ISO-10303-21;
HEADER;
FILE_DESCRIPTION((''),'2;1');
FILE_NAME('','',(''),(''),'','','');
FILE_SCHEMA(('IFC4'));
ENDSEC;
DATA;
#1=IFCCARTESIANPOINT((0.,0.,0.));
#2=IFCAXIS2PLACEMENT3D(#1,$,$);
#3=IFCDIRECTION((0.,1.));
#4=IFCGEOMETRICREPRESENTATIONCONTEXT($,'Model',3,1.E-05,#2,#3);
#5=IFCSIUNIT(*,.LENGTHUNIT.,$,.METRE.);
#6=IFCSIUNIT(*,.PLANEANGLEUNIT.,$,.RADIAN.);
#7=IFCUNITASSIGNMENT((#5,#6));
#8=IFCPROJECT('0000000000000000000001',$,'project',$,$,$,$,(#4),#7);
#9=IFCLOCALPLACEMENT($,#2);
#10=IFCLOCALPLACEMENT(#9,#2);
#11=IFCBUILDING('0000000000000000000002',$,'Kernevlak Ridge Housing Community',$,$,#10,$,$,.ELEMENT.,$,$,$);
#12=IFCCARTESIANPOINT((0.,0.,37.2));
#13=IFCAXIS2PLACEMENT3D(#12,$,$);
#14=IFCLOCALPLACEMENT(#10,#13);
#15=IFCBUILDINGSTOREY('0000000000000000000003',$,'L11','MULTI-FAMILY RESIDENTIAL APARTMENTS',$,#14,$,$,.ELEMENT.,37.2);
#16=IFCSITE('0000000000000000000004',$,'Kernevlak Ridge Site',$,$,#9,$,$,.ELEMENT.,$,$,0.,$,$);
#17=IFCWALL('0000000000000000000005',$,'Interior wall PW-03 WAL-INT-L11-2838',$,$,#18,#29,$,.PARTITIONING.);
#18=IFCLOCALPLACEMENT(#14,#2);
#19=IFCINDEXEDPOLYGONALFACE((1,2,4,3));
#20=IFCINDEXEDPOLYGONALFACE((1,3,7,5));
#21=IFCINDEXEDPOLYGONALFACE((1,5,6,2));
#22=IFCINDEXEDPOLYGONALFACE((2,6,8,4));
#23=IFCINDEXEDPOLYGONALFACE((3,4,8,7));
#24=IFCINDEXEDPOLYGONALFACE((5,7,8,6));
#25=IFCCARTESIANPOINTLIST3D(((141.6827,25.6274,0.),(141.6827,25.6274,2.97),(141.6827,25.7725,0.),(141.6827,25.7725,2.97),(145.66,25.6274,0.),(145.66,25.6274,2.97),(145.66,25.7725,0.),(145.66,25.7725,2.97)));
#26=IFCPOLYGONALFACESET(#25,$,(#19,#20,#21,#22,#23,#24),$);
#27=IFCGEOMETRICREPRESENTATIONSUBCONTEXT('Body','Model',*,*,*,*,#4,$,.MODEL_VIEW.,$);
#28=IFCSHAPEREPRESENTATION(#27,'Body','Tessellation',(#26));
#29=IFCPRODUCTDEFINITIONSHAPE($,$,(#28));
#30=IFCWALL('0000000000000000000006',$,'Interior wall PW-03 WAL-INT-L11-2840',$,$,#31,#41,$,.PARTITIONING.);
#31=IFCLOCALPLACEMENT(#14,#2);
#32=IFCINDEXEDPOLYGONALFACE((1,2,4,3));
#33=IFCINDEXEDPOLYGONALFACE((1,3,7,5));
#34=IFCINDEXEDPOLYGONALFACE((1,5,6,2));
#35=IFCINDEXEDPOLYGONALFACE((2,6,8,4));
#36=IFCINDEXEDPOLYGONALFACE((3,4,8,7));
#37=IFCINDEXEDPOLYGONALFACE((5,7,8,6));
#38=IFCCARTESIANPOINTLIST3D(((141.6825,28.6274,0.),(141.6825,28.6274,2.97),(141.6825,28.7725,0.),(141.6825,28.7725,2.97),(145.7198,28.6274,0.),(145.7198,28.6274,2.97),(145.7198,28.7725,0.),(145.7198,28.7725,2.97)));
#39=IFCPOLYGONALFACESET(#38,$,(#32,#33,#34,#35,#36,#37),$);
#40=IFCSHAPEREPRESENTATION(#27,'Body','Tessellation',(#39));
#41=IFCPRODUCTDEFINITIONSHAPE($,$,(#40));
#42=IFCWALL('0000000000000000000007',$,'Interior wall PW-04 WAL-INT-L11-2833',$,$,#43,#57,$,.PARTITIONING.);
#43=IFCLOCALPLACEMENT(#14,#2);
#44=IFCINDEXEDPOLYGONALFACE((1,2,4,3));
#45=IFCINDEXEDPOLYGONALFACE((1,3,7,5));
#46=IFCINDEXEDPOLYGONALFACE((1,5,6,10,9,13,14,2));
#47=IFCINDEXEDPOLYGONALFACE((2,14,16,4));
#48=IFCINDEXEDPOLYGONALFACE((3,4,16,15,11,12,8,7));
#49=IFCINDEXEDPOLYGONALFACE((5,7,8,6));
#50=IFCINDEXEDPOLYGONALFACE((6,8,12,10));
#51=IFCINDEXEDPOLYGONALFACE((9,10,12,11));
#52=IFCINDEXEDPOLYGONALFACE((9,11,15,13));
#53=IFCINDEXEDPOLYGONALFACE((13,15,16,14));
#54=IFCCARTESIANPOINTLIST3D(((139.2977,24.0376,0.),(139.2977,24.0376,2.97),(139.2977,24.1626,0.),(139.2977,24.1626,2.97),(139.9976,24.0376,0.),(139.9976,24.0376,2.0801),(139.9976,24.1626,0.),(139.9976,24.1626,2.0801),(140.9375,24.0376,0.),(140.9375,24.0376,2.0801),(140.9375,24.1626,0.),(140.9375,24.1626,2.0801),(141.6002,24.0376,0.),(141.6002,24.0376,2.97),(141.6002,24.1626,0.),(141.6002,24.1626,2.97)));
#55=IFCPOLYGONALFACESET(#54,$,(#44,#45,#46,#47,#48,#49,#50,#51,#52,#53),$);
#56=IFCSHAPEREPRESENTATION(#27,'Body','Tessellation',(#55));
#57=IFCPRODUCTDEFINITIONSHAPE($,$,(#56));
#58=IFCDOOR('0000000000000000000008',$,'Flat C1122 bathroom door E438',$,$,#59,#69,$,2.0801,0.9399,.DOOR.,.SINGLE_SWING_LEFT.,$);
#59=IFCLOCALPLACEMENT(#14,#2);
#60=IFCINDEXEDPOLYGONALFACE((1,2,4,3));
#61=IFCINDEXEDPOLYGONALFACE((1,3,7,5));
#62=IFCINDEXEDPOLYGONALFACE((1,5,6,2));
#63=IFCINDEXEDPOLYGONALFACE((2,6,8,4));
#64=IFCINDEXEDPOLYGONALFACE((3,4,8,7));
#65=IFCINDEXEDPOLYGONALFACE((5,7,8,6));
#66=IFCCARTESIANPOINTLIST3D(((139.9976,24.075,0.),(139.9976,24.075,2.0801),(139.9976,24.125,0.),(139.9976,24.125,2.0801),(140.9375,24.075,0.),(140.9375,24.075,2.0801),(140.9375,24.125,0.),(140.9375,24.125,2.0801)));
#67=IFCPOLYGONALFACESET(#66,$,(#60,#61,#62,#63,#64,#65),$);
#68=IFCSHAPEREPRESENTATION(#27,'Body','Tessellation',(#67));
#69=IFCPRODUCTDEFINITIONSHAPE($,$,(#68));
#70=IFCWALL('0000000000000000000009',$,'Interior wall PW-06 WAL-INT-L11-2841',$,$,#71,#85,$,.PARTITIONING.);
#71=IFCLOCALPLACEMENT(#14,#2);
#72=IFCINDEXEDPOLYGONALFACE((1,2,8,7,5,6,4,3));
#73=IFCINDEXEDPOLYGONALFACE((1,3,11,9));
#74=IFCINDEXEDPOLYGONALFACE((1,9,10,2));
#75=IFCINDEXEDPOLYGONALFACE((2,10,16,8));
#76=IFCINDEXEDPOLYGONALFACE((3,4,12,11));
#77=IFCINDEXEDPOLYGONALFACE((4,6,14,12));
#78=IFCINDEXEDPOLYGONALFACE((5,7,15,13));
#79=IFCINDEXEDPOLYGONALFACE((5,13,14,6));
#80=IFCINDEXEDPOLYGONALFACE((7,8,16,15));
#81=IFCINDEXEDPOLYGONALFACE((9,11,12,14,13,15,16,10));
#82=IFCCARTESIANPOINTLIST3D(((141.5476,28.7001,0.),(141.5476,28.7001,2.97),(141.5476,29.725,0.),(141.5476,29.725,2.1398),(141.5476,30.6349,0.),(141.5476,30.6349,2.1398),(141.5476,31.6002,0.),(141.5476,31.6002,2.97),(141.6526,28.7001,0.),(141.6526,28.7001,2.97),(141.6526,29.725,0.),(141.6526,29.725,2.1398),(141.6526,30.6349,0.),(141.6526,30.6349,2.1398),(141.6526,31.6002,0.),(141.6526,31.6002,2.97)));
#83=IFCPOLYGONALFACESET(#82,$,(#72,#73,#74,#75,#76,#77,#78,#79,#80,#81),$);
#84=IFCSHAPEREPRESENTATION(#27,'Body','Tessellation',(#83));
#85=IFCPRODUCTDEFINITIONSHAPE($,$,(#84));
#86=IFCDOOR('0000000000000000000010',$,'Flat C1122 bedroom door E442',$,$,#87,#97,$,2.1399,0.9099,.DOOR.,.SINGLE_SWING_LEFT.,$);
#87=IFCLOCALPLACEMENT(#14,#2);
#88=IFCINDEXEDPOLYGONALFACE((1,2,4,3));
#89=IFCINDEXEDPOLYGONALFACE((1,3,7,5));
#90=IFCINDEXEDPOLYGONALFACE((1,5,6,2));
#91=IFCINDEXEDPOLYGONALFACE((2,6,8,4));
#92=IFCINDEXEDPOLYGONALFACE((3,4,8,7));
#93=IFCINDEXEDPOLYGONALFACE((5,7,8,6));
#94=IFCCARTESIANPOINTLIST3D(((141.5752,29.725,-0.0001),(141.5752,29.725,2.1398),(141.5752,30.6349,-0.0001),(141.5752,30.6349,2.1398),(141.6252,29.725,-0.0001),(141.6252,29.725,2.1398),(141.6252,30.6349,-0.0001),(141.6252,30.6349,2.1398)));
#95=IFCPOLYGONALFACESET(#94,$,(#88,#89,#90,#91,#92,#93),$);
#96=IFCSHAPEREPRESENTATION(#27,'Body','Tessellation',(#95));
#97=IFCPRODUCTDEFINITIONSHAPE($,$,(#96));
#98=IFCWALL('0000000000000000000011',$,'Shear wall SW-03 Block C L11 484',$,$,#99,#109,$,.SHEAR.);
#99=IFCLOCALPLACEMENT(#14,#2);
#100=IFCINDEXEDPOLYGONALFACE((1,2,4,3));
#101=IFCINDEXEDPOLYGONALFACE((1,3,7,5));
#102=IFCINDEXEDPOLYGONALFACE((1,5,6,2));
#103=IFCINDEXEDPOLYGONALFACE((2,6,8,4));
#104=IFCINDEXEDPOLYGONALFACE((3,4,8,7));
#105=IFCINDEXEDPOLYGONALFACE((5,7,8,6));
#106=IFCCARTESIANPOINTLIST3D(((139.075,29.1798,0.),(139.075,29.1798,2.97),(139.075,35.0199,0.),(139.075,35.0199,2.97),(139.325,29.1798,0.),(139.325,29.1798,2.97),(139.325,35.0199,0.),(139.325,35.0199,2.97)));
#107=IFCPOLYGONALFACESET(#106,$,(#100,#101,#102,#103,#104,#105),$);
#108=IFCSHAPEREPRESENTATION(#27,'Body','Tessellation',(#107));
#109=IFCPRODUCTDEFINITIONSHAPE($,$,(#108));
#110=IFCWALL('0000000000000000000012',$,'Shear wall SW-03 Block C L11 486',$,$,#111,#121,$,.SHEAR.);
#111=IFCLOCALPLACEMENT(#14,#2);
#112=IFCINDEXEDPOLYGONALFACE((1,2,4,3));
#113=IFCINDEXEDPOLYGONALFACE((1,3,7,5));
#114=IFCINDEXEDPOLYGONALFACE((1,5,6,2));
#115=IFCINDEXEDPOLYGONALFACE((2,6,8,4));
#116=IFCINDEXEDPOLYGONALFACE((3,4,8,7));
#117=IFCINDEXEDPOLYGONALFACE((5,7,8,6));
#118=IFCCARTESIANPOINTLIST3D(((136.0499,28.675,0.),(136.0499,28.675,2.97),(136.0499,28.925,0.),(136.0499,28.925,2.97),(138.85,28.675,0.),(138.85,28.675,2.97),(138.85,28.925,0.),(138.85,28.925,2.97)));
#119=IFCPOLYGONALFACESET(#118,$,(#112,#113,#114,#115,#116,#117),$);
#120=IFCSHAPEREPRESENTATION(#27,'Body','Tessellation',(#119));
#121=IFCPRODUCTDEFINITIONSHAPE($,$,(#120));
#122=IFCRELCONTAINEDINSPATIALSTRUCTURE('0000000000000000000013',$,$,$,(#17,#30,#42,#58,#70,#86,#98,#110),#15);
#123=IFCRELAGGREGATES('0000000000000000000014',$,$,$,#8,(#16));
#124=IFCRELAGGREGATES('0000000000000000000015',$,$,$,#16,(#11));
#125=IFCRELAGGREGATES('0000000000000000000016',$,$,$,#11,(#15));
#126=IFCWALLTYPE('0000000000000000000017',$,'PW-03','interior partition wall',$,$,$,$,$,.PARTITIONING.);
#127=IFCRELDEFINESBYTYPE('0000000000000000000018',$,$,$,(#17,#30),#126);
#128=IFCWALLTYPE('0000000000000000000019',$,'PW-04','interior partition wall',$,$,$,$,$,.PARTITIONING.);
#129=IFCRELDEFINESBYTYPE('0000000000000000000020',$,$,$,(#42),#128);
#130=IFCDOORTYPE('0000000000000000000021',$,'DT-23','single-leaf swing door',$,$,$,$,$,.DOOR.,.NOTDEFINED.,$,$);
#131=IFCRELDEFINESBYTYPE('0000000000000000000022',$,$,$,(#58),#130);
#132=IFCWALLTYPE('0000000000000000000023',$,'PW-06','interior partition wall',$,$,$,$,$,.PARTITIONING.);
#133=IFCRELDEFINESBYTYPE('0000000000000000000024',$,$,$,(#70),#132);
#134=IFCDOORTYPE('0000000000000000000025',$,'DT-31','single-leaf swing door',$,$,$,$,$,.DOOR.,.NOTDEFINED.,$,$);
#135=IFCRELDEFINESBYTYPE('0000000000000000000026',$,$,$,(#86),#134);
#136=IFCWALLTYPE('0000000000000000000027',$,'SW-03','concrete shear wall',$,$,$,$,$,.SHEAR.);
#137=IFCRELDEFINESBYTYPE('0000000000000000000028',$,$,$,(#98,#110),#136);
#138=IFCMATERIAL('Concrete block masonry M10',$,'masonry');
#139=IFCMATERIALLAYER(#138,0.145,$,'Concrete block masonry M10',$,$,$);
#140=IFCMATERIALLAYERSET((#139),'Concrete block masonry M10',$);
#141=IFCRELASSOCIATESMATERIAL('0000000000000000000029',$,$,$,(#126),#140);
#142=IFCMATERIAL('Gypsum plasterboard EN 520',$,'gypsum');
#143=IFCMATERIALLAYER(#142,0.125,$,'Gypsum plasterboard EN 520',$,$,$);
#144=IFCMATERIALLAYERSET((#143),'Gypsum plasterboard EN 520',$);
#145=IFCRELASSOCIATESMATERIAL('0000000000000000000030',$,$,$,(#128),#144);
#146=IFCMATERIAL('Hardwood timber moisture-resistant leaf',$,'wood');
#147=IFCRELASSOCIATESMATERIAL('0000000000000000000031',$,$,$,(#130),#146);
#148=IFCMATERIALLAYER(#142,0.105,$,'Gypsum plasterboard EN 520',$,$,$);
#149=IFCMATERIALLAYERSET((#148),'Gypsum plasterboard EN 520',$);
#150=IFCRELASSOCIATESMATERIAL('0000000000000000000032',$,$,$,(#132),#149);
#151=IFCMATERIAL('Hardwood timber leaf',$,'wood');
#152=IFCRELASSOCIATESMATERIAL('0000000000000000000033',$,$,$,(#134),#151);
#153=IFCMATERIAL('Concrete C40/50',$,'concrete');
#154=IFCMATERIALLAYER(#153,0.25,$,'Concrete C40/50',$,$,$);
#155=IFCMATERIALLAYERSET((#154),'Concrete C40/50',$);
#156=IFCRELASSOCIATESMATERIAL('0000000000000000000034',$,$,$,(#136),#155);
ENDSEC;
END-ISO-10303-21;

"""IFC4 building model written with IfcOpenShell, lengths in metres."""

from ifc_helpers import new_model, si_unit, direction, frame, frame_2d, origin, place, context, subcontext, project, spatial, rectangle, extrude, material, layer, layer_set, type_object, element, fill, save


model = new_model("IFC4")

# Units and contexts
model_context = context("Model", 3, precision=1e-05, world=origin(), true_north=direction((0.0, 1.0)))
body_context = subcontext(model_context, "Body", "Model", "MODEL_VIEW")
ifc_project = project(units=[si_unit("LENGTHUNIT", "METRE"), si_unit("PLANEANGLEUNIT", "RADIAN")], contexts=[model_context])

# Site, building, storey
site_placement = place(None, origin())
site = spatial("IfcSite", under=ifc_project, at=site_placement, Name="Kernevlak Ridge Site", CompositionType="ELEMENT", RefElevation=0.0)
building_placement = place(site_placement, origin())
building = spatial("IfcBuilding", under=site, at=building_placement, Name="Kernevlak Ridge Housing Community", CompositionType="ELEMENT")
storey_placement = place(building_placement, frame((0.0, 0.0, 37.2)))
storey = spatial("IfcBuildingStorey", under=building, at=storey_placement, Name="L11", Description="MULTI-FAMILY RESIDENTIAL APARTMENTS", CompositionType="ELEMENT", Elevation=37.2)

# Shared definitions
ifc_material_1 = material(Name="Concrete block masonry M10", Category="masonry")

# Shared definitions
ifc_layer_1 = layer(ifc_material_1, 0.145, Name="Concrete block masonry M10")
ifc_layer_set_1 = layer_set([ifc_layer_1], Name="Concrete block masonry M10")
wall_type_1 = type_object("IfcWallType", Name="PW-03", Description="interior partition wall", PredefinedType="PARTITIONING", material=ifc_layer_set_1)
ifc_material_2 = material(Name="Hardwood timber leaf", Category="wood")

# Wall
wall_1_placement = place(storey_placement, frame((141.6826, 25.7, 0.0), z_axis=(0.0, 0.0, 1.0), x_axis=(1.0, 0.0, 0.0)))
element("IfcWall", 1, at=wall_1_placement, inside=storey, type_object=wall_type_1, Name="Interior wall PW-03 WAL-INT-L11-2838", PredefinedType="PARTITIONING", context=body_context, shape_type="SweptSolid", body=[
    extrude(rectangle(XDim=3.9773, YDim=0.145, at=frame_2d((1.9888, 0.0))), origin(), (0.0, 0.0, 1.0), 2.97),
])

# Wall
wall_2_placement = place(storey_placement, frame((141.6826, 28.7, 0.0), z_axis=(0.0, 0.0, 1.0), x_axis=(1.0, 0.0, 0.0)))
element("IfcWall", 2, at=wall_2_placement, inside=storey, type_object=wall_type_1, Name="Interior wall PW-03 WAL-INT-L11-2840", PredefinedType="PARTITIONING", context=body_context, shape_type="SweptSolid", body=[
    extrude(rectangle(XDim=4.0374, YDim=0.145, at=frame_2d((2.0186, 0.0))), origin(), (0.0, 0.0, 1.0), 2.97),
])

# Walls, openings, doors
ifc_material_3 = material(Name="Gypsum plasterboard EN 520", Category="gypsum")
ifc_layer_2 = layer(ifc_material_3, 0.125, Name="Gypsum plasterboard EN 520")
ifc_layer_set_2 = layer_set([ifc_layer_2], Name="Gypsum plasterboard EN 520")
wall_type_2 = type_object("IfcWallType", Name="PW-04", Description="interior partition wall", PredefinedType="PARTITIONING", material=ifc_layer_set_2)
wall_3_placement = place(storey_placement, frame((139.2976, 24.1001, 0.0), z_axis=(0.0, 0.0, 1.0), x_axis=(1.0, 0.0, 0.0)))
wall_3 = element("IfcWall", 3, at=wall_3_placement, inside=storey, type_object=wall_type_2, Name="Interior wall PW-04 WAL-INT-L11-2833", PredefinedType="PARTITIONING", context=body_context, shape_type="SweptSolid", body=[
    extrude(rectangle(XDim=2.3025, YDim=0.125, at=frame_2d((1.1514, 0.0))), origin(), (0.0, 0.0, 1.0), 2.97),
])
opening_1_placement = place(wall_3_placement, frame((0.7, 0.0, 0.0)))
opening_1 = element("IfcOpeningElement", 4, at=opening_1_placement, cuts=wall_3, PredefinedType="OPENING", context=body_context, shape_type="SweptSolid", body=[
    extrude(rectangle(XDim=0.9399, YDim=2.0801, at=frame_2d((0.47, 1.04))), frame((0.0, 0.0725, 0.0), z_axis=(0.0, -1.0, 0.0), x_axis=(1.0, 0.0, 0.0)), (0.0, 0.0, 1.0), 0.145),
])
ifc_material_4 = material(Name="Hardwood timber moisture-resistant leaf", Category="wood")
door_type_1 = type_object("IfcDoorType", Name="DT-23", Description="single-leaf swing door", OperationType="NOTDEFINED", PredefinedType="DOOR", material=ifc_material_4)
door_1_placement = place(opening_1_placement, origin())
door_1 = element("IfcDoor", 5, at=door_1_placement, inside=storey, type_object=door_type_1, Name="Flat C1122 bathroom door E438", OperationType="SINGLE_SWING_LEFT", OverallHeight=2.0801, OverallWidth=0.9399, PredefinedType="DOOR", context=body_context, shape_type="SweptSolid", body=[
    extrude(rectangle(XDim=0.9399, YDim=2.0801, at=frame_2d((0.47, 1.04))), frame((0.0, 0.0249, 0.0), z_axis=(0.0, -1.0, 0.0), x_axis=(1.0, 0.0, 0.0)), (0.0, 0.0, 1.0), 0.05),
])
fill(opening_1, door_1)
ifc_layer_3 = layer(ifc_material_3, 0.105, Name="Gypsum plasterboard EN 520")
ifc_layer_set_3 = layer_set([ifc_layer_3], Name="Gypsum plasterboard EN 520")
wall_type_3 = type_object("IfcWallType", Name="PW-06", Description="interior partition wall", PredefinedType="PARTITIONING", material=ifc_layer_set_3)
wall_4_placement = place(storey_placement, frame((141.6001, 28.7, 0.0), z_axis=(0.0, 0.0, 1.0), x_axis=(0.0, 1.0, 0.0)))
wall_4 = element("IfcWall", 6, at=wall_4_placement, inside=storey, type_object=wall_type_3, Name="Interior wall PW-06 WAL-INT-L11-2841", PredefinedType="PARTITIONING", context=body_context, shape_type="SweptSolid", body=[
    extrude(rectangle(XDim=2.9001, YDim=0.105, at=frame_2d((1.4502, 0.0))), origin(), (0.0, 0.0, 1.0), 2.97),
])
opening_2_placement = place(wall_4_placement, frame((1.0249, 0.0, 0.0)))
opening_2 = element("IfcOpeningElement", 7, at=opening_2_placement, cuts=wall_4, PredefinedType="OPENING", context=body_context, shape_type="SweptSolid", body=[
    extrude(rectangle(XDim=0.9099, YDim=2.1399, at=frame_2d((0.4551, 1.0698))), frame((0.0, 0.0625, 0.0), z_axis=(0.0, -1.0, 0.0), x_axis=(1.0, 0.0, 0.0)), (0.0, 0.0, 1.0), 0.125),
])
door_type_2 = type_object("IfcDoorType", Name="DT-31", Description="single-leaf swing door", OperationType="NOTDEFINED", PredefinedType="DOOR", material=ifc_material_2)
door_2_placement = place(opening_2_placement, origin())
door_2 = element("IfcDoor", 8, at=door_2_placement, inside=storey, type_object=door_type_2, Name="Flat C1122 bedroom door E442", OperationType="SINGLE_SWING_LEFT", OverallHeight=2.1399, OverallWidth=0.9099, PredefinedType="DOOR", context=body_context, shape_type="SweptSolid", body=[
    extrude(rectangle(XDim=0.9099, YDim=2.1399, at=frame_2d((0.4551, 1.0698))), frame((0.0, 0.0249, 0.0), z_axis=(0.0, -1.0, 0.0), x_axis=(1.0, 0.0, 0.0)), (0.0, 0.0, 1.0), 0.05),
])
fill(opening_2, door_2)

# Walls
ifc_material_5 = material(Name="Concrete C40/50", Category="concrete")
ifc_layer_4 = layer(ifc_material_5, 0.25, Name="Concrete C40/50")
ifc_layer_set_4 = layer_set([ifc_layer_4], Name="Concrete C40/50")
wall_type_4 = type_object("IfcWallType", Name="SW-03", Description="concrete shear wall", PredefinedType="SHEAR", material=ifc_layer_set_4)
wall_5_placement = place(storey_placement, frame((139.2, 29.1799, 0.0), z_axis=(0.0, 0.0, 1.0), x_axis=(0.0, 1.0, 0.0)))
element("IfcWall", 9, at=wall_5_placement, inside=storey, type_object=wall_type_4, Name="Shear wall SW-03 Block C L11 484", PredefinedType="SHEAR", context=body_context, shape_type="SweptSolid", body=[
    extrude(rectangle(XDim=5.8401, YDim=0.25, at=frame_2d((2.9199, 0.0))), origin(), (0.0, 0.0, 1.0), 2.97),
])
wall_6_placement = place(storey_placement, frame((136.05, 28.8, 0.0), z_axis=(0.0, 0.0, 1.0), x_axis=(1.0, 0.0, 0.0)))
element("IfcWall", 10, at=wall_6_placement, inside=storey, type_object=wall_type_4, Name="Shear wall SW-03 Block C L11 486", PredefinedType="SHEAR", context=body_context, shape_type="SweptSolid", body=[
    extrude(rectangle(XDim=2.8, YDim=0.25, at=frame_2d((1.3999, 0.0))), origin(), (0.0, 0.0, 1.0), 2.97),
])

save(model, "model.ifc")
